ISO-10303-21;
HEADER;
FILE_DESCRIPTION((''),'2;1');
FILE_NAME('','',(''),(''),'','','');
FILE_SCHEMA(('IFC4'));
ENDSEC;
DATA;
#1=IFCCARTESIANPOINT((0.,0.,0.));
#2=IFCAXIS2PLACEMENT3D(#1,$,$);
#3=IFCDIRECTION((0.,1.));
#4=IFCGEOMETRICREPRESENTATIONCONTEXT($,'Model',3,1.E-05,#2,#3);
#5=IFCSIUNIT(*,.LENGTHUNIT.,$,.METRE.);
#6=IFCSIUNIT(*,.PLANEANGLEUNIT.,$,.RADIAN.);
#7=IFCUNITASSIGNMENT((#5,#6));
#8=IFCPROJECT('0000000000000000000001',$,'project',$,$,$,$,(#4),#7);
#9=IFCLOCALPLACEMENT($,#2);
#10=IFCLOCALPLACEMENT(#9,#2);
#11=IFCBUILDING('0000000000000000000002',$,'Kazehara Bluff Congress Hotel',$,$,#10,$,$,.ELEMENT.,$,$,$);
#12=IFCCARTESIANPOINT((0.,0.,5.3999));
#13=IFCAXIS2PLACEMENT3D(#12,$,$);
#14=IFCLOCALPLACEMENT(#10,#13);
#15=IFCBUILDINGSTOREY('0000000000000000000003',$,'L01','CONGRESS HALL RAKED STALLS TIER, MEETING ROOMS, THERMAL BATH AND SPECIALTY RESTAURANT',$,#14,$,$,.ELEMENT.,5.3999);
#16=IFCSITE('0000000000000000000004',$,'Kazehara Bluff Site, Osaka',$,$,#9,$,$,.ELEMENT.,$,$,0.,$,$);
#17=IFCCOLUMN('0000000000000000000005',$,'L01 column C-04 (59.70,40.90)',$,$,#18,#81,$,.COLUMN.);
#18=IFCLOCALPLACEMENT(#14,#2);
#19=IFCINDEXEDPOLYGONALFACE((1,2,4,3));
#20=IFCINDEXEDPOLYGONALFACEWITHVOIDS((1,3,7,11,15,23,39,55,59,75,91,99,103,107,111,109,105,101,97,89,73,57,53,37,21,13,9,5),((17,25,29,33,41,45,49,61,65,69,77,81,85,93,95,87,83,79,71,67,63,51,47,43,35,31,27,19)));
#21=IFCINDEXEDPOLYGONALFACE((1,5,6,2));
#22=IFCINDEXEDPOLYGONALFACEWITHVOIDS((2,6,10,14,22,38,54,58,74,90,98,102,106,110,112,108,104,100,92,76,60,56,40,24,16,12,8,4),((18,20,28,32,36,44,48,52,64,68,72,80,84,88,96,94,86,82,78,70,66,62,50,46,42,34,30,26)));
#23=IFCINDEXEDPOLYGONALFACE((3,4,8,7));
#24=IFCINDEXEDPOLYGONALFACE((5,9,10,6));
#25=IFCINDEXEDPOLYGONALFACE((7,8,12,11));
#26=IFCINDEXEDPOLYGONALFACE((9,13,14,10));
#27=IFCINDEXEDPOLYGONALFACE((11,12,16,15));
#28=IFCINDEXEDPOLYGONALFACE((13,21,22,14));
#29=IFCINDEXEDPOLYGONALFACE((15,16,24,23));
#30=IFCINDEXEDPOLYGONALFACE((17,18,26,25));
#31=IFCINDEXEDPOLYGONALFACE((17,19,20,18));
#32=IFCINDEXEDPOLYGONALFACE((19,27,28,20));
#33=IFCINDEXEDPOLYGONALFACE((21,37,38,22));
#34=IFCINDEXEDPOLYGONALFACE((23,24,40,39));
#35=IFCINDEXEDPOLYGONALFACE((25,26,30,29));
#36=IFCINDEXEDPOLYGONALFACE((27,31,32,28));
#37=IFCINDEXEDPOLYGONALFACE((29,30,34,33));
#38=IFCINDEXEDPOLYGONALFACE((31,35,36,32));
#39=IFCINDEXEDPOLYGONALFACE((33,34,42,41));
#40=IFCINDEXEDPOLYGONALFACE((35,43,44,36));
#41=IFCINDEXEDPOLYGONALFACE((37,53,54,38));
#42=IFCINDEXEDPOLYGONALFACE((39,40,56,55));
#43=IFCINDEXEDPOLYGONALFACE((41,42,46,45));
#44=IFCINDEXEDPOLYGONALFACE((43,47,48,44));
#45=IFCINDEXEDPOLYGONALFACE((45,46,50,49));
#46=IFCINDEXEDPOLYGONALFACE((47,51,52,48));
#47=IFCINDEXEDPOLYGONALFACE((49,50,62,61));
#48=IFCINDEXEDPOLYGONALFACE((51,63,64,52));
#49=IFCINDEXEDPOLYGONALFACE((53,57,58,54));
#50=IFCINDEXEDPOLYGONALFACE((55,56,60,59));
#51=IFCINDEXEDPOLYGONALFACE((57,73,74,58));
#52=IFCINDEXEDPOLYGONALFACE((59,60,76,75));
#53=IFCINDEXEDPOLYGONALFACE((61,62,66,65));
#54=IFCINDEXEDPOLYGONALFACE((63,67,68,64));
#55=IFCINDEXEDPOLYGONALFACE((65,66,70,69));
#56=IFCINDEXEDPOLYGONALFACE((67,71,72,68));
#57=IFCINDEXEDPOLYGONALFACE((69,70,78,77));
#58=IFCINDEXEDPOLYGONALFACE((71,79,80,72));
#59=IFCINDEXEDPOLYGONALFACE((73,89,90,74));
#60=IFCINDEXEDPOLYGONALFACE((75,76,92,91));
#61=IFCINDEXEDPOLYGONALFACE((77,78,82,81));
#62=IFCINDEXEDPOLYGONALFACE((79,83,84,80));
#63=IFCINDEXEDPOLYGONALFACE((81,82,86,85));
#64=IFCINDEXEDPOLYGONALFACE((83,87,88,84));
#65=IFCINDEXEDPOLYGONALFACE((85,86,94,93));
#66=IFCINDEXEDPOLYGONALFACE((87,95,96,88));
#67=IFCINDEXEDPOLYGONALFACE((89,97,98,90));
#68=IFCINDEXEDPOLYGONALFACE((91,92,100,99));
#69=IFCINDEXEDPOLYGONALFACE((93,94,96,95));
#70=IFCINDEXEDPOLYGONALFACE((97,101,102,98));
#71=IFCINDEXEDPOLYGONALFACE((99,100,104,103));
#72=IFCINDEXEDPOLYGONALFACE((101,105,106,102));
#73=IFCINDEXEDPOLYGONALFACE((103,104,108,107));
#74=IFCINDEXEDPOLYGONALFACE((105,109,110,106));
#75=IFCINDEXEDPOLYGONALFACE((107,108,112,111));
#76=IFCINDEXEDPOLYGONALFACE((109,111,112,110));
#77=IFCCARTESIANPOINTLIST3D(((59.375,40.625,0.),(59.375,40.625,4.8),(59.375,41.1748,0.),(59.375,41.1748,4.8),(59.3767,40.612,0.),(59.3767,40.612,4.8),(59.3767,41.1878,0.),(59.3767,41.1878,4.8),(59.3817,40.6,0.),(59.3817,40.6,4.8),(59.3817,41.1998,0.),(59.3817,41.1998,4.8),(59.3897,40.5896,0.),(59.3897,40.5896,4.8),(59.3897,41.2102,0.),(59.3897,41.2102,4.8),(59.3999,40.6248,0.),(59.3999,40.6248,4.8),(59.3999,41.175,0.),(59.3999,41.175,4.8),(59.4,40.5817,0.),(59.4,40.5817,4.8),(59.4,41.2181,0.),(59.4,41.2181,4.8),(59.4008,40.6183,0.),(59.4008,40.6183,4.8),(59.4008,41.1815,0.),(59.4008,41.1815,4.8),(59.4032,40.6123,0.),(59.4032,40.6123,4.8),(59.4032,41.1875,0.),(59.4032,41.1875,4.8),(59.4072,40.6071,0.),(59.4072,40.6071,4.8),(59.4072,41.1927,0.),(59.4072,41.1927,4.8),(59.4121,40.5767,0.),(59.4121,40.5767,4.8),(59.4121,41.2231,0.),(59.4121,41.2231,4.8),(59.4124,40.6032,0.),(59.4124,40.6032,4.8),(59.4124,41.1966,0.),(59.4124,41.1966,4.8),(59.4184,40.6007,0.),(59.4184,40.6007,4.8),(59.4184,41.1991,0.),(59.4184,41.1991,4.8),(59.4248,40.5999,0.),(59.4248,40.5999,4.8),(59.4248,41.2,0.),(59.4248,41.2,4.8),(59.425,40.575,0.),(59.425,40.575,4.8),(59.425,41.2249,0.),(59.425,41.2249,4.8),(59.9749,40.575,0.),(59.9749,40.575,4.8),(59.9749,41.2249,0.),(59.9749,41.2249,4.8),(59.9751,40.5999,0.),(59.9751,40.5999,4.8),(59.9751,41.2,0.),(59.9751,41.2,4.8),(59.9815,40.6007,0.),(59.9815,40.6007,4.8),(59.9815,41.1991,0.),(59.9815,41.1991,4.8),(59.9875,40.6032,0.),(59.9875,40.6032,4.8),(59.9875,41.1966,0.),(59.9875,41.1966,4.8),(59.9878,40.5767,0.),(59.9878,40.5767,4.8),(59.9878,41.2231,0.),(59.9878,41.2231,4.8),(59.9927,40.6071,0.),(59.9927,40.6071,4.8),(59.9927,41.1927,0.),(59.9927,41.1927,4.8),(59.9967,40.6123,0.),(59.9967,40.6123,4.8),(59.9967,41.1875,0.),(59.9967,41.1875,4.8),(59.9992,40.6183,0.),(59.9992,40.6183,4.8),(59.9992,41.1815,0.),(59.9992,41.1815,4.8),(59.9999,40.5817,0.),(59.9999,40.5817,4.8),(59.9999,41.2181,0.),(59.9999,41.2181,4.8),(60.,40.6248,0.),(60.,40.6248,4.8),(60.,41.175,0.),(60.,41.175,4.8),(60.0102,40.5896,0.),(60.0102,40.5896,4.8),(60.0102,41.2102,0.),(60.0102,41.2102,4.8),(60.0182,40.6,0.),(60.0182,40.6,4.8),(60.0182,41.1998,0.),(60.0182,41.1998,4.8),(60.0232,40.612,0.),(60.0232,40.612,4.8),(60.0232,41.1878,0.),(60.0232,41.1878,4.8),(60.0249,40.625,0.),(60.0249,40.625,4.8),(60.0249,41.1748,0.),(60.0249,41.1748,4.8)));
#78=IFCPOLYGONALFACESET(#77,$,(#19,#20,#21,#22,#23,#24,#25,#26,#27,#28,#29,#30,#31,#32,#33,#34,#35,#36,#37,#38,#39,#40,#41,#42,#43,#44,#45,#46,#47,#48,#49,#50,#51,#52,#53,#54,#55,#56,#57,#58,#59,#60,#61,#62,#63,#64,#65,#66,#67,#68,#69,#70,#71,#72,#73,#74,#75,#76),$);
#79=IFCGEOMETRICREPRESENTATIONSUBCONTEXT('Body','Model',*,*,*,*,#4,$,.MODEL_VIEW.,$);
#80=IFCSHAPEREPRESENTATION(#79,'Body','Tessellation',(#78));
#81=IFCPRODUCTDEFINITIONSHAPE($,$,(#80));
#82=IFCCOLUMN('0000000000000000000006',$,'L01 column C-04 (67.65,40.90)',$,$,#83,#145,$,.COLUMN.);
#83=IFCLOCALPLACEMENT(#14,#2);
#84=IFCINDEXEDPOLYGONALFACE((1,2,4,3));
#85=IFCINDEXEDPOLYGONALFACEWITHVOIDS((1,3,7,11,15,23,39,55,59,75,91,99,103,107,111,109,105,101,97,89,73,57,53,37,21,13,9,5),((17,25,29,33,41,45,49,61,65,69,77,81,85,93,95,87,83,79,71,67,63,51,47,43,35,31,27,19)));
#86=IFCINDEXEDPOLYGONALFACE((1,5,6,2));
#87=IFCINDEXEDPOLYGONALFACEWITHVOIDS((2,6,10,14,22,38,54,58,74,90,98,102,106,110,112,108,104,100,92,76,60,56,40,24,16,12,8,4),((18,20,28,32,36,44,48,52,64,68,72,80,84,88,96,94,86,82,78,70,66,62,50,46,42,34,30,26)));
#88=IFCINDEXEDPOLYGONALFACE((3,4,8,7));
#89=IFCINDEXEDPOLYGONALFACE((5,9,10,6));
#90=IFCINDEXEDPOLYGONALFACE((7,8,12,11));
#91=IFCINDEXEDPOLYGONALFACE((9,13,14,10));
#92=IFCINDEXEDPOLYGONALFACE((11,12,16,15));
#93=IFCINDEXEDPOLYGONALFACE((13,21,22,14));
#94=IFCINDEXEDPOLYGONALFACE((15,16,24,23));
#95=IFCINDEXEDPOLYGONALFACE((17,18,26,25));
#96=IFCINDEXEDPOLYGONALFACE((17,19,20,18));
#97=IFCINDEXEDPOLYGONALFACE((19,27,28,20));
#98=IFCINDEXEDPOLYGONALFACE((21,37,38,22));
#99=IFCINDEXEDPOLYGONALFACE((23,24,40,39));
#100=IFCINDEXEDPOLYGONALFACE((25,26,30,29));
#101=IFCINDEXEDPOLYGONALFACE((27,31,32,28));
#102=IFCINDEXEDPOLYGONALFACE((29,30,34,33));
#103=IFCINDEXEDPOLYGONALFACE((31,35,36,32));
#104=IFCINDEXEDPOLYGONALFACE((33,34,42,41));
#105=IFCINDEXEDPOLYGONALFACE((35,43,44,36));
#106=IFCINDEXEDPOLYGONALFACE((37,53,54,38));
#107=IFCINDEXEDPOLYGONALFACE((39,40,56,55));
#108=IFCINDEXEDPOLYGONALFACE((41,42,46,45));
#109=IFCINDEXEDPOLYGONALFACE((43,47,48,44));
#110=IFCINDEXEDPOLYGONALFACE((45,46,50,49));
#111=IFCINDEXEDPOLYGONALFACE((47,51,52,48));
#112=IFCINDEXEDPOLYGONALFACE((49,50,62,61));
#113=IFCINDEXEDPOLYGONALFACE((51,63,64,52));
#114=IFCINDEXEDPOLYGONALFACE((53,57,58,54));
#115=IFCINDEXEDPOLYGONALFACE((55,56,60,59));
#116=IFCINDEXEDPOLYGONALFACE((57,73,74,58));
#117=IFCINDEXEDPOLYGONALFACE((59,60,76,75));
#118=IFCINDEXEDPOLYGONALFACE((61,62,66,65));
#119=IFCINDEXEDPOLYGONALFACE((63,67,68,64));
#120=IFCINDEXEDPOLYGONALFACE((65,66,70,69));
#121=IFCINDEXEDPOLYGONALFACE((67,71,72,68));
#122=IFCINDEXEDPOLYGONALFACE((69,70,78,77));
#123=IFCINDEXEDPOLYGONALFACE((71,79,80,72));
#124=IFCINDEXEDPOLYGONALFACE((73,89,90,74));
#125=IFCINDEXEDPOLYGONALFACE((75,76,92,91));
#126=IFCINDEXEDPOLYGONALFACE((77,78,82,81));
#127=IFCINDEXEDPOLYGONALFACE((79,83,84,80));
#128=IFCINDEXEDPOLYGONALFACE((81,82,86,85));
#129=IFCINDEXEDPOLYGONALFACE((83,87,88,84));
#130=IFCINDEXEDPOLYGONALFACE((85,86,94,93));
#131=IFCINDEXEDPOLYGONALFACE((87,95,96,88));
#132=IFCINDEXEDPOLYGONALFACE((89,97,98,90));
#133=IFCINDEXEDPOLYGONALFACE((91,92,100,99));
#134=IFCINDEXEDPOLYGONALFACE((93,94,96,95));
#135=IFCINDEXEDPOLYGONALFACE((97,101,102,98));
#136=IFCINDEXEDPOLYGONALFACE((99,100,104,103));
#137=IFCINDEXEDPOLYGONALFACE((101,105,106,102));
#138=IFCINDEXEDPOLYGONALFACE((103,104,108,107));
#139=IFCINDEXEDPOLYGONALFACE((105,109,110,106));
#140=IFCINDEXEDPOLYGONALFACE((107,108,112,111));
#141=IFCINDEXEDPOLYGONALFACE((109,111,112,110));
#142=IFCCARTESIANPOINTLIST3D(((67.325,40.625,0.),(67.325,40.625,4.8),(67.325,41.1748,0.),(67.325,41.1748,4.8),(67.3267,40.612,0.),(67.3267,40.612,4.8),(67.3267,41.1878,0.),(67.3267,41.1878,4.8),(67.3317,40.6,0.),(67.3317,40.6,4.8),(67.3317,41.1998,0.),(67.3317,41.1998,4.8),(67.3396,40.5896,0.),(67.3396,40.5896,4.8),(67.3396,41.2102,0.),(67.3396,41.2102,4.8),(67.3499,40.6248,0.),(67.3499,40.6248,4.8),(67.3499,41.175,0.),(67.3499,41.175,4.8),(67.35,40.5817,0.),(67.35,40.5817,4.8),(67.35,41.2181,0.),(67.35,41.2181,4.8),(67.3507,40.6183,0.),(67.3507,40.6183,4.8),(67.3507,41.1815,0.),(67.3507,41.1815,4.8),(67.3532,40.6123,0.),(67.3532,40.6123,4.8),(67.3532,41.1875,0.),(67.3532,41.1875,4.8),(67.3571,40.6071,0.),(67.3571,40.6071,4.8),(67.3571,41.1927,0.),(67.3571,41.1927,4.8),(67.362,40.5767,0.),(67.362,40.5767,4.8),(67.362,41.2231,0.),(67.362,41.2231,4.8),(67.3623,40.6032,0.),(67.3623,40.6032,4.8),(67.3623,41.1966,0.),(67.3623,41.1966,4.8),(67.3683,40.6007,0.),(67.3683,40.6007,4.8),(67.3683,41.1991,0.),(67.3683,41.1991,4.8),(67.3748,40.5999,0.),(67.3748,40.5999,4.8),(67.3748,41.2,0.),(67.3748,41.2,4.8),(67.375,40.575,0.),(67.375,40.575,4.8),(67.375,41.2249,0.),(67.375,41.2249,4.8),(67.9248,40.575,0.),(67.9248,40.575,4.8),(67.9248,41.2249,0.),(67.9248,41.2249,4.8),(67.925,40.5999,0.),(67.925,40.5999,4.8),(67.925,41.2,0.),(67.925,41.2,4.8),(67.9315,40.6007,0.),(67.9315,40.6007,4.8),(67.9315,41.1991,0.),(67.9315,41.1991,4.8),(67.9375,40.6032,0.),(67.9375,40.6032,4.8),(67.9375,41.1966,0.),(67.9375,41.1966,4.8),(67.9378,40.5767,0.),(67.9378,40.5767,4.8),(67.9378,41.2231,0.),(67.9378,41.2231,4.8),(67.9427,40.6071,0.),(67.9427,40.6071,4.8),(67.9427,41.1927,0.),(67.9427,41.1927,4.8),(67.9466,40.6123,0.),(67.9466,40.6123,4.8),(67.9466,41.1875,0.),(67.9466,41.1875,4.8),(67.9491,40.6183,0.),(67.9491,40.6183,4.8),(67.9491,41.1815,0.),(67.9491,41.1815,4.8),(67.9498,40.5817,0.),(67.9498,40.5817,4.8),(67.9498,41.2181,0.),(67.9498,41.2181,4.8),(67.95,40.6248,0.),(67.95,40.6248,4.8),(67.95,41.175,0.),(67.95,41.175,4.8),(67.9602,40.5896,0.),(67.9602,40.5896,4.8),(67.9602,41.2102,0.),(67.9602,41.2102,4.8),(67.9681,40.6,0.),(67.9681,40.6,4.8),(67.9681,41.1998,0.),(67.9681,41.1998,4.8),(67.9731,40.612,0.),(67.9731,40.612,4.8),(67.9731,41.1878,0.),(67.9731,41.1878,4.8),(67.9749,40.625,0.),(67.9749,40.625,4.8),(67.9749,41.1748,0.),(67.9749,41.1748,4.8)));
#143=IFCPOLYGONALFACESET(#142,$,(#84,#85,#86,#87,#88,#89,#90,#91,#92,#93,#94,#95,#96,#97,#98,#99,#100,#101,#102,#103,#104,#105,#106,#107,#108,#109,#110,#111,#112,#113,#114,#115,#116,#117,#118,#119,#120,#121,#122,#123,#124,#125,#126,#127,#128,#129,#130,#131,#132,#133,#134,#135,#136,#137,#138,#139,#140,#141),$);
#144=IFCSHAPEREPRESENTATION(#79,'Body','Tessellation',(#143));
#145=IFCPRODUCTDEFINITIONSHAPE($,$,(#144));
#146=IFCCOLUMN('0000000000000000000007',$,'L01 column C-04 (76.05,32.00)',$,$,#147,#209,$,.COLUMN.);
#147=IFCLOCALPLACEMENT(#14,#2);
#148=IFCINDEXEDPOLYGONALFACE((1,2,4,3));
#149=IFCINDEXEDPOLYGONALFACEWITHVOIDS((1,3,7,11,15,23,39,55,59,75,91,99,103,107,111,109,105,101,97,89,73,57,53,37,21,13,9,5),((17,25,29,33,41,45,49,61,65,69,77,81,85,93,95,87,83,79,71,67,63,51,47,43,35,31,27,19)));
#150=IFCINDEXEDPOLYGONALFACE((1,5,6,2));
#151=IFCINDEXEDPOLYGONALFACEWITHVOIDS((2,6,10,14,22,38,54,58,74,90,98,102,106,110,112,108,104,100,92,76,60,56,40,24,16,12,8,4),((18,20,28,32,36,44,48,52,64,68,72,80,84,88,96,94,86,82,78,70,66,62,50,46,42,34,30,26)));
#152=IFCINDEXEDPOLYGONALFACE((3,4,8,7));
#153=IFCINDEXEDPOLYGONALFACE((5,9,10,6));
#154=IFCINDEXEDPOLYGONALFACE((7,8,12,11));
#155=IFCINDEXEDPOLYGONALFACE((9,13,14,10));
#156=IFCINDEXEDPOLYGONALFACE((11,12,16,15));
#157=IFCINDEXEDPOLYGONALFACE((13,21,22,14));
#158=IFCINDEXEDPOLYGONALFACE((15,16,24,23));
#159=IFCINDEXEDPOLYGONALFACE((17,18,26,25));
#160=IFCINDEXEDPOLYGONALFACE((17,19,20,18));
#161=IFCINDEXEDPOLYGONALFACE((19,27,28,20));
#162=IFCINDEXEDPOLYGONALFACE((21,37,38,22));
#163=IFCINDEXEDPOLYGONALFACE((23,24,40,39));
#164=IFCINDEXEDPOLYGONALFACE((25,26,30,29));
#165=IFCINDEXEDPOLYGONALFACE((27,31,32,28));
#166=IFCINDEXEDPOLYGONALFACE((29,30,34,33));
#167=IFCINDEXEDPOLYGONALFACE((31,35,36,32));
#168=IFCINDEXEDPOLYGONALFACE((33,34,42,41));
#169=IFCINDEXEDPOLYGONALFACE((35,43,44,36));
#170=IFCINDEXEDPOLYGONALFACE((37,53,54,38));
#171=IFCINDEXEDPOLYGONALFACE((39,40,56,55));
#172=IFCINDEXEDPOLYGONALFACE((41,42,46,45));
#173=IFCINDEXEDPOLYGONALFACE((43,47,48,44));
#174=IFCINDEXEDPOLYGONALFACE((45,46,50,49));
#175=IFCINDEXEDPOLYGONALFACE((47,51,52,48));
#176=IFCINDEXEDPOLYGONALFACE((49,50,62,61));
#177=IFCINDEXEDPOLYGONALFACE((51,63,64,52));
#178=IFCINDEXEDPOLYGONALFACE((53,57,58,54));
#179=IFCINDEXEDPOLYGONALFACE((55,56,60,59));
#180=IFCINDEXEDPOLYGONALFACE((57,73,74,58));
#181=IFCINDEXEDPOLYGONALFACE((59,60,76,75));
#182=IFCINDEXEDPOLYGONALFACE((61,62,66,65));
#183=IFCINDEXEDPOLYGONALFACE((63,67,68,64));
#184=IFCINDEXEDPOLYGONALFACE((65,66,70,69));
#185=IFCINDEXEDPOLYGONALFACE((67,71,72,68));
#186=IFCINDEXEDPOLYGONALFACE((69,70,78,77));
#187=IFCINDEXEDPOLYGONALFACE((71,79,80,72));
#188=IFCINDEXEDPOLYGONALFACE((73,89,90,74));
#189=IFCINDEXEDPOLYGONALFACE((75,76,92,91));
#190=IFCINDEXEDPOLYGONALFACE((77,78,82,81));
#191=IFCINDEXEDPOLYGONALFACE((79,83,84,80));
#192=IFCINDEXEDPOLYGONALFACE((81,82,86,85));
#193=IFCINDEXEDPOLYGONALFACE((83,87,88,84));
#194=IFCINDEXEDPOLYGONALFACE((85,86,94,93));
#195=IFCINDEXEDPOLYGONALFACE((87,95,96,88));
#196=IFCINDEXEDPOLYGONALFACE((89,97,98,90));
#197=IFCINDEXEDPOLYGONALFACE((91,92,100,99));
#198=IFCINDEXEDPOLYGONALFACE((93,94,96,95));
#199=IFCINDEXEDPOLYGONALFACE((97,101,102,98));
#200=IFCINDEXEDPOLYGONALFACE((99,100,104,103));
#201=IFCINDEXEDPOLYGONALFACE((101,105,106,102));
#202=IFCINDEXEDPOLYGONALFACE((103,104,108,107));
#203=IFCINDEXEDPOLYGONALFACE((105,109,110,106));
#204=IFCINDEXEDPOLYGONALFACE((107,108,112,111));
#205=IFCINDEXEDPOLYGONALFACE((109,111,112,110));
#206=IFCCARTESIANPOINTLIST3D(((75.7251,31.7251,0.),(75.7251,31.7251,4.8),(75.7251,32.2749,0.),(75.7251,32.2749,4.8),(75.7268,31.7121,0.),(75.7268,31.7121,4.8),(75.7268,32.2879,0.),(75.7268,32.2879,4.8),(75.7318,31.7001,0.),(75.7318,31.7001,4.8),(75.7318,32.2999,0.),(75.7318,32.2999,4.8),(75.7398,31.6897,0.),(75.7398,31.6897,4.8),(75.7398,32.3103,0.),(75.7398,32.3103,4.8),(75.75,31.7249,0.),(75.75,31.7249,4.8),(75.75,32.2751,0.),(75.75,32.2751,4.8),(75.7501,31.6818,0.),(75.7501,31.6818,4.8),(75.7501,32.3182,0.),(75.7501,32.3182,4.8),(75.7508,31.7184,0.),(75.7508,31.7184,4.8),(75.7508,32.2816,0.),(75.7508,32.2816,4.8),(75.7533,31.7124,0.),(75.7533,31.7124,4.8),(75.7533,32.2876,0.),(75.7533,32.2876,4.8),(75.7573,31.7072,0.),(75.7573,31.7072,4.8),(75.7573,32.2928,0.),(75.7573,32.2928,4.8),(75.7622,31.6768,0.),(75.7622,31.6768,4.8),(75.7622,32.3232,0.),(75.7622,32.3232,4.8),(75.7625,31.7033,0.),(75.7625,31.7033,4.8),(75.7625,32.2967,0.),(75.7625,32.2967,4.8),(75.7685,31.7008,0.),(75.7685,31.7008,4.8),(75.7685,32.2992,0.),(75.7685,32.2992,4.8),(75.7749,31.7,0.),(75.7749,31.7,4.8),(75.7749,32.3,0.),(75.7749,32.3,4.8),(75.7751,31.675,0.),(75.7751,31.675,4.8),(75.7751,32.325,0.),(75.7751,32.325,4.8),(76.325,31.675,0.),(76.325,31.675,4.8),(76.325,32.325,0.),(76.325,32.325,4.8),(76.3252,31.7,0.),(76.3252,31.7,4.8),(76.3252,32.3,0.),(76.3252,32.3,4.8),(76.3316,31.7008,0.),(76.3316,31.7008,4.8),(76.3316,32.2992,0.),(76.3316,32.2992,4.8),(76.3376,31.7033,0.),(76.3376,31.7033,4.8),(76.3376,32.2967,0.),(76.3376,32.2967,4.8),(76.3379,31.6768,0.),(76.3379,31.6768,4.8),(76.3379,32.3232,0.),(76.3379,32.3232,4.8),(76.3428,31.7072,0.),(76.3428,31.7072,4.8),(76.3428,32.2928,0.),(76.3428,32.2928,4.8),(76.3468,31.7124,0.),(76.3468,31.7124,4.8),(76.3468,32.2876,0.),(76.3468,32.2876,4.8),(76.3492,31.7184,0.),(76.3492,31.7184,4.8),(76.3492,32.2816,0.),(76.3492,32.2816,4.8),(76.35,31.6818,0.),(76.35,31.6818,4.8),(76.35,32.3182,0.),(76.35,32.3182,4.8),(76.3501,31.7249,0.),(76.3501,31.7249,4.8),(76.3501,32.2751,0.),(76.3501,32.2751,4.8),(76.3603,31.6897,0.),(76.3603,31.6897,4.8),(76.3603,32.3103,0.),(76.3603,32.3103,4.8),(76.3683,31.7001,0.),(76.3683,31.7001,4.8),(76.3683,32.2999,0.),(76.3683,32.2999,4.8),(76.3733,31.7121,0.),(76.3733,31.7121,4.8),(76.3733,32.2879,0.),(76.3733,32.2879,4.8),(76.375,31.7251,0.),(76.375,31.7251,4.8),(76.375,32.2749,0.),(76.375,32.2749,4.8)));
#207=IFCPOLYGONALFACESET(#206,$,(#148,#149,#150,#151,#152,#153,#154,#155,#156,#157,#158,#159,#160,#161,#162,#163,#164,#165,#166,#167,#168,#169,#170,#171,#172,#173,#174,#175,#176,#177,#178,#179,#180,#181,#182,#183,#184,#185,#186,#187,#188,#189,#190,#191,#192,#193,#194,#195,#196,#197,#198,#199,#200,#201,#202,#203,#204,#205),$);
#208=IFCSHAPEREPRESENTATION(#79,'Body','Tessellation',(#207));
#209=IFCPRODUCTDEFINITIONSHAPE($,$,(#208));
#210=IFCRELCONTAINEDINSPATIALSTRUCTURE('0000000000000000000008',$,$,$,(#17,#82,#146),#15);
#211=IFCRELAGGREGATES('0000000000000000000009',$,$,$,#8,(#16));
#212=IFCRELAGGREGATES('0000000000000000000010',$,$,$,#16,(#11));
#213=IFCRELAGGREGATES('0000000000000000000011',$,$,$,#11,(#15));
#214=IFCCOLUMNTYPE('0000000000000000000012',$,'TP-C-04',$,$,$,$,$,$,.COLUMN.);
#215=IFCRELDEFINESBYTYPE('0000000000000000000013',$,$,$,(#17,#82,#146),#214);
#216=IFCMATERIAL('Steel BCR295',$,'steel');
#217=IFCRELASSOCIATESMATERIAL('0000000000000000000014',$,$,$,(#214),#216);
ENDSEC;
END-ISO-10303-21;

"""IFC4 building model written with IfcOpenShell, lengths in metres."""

from ifc_helpers import new_model, si_unit, direction, frame, origin, origin_2d, place, context, subcontext, project, spatial, hollow_rectangle, extrude, material, material_profile, profile_set, type_object, element, save


model = new_model("IFC4")

# Units and contexts
model_context = context("Model", 3, precision=1e-05, world=origin(), true_north=direction((0.0, 1.0)))
body_context = subcontext(model_context, "Body", "Model", "MODEL_VIEW")
ifc_project = project(units=[si_unit("LENGTHUNIT", "METRE"), si_unit("PLANEANGLEUNIT", "RADIAN")], contexts=[model_context])

# Site, building, storey
site_placement = place(None, origin())
site = spatial("IfcSite", under=ifc_project, at=site_placement, Name="Kazehara Bluff Site, Osaka", CompositionType="ELEMENT", RefElevation=0.0)
building_placement = place(site_placement, origin())
building = spatial("IfcBuilding", under=site, at=building_placement, Name="Kazehara Bluff Congress Hotel", CompositionType="ELEMENT")
storey_placement = place(building_placement, frame((0.0, 0.0, 5.3999)))
storey = spatial("IfcBuildingStorey", under=building, at=storey_placement, Name="L01", Description="CONGRESS HALL RAKED STALLS TIER, MEETING ROOMS, THERMAL BATH AND SPECIALTY RESTAURANT", CompositionType="ELEMENT", Elevation=5.3999)

# Columns
ifc_material_1 = material(Name="Steel BCR295", Category="steel")
ifc_material_profile_1 = material_profile(ifc_material_1, hollow_rectangle(XDim=0.6499, YDim=0.6499, WallThickness=0.0249, InnerFilletRadius=0.0249, OuterFilletRadius=0.05, at=origin_2d()))
ifc_profile_set_1 = profile_set([ifc_material_profile_1], Name="Steel BCR295")
column_type_1 = type_object("IfcColumnType", Name="TP-C-04", PredefinedType="COLUMN", material=ifc_profile_set_1)
for number, where, z_axis, x_axis, name in (
    (1, (59.7, 40.8999, 0.0), (0.0, 0.0, 1.0), (1.0, 0.0, 0.0), "L01 column C-04 (59.70,40.90)"),
    (2, (67.6499, 40.8999, 0.0), (0.0, 0.0, 1.0), (1.0, 0.0, 0.0), "L01 column C-04 (67.65,40.90)"),
    (3, (76.05, 32.0, 0.0), (0.0, 0.0, 1.0), (1.0, 0.0, 0.0), "L01 column C-04 (76.05,32.00)"),
):
    element("IfcColumn", number, at=place(storey_placement, frame(where, z_axis=z_axis, x_axis=x_axis)), inside=storey, type_object=column_type_1, Name=name, PredefinedType="COLUMN", context=body_context, shape_type="SweptSolid", body=[
        extrude(hollow_rectangle(XDim=0.6499, YDim=0.6499, WallThickness=0.0249, InnerFilletRadius=0.0249, OuterFilletRadius=0.05, at=origin_2d()), origin(), (0.0, 0.0, 1.0), 4.8),
    ])

save(model, "model.ifc")
